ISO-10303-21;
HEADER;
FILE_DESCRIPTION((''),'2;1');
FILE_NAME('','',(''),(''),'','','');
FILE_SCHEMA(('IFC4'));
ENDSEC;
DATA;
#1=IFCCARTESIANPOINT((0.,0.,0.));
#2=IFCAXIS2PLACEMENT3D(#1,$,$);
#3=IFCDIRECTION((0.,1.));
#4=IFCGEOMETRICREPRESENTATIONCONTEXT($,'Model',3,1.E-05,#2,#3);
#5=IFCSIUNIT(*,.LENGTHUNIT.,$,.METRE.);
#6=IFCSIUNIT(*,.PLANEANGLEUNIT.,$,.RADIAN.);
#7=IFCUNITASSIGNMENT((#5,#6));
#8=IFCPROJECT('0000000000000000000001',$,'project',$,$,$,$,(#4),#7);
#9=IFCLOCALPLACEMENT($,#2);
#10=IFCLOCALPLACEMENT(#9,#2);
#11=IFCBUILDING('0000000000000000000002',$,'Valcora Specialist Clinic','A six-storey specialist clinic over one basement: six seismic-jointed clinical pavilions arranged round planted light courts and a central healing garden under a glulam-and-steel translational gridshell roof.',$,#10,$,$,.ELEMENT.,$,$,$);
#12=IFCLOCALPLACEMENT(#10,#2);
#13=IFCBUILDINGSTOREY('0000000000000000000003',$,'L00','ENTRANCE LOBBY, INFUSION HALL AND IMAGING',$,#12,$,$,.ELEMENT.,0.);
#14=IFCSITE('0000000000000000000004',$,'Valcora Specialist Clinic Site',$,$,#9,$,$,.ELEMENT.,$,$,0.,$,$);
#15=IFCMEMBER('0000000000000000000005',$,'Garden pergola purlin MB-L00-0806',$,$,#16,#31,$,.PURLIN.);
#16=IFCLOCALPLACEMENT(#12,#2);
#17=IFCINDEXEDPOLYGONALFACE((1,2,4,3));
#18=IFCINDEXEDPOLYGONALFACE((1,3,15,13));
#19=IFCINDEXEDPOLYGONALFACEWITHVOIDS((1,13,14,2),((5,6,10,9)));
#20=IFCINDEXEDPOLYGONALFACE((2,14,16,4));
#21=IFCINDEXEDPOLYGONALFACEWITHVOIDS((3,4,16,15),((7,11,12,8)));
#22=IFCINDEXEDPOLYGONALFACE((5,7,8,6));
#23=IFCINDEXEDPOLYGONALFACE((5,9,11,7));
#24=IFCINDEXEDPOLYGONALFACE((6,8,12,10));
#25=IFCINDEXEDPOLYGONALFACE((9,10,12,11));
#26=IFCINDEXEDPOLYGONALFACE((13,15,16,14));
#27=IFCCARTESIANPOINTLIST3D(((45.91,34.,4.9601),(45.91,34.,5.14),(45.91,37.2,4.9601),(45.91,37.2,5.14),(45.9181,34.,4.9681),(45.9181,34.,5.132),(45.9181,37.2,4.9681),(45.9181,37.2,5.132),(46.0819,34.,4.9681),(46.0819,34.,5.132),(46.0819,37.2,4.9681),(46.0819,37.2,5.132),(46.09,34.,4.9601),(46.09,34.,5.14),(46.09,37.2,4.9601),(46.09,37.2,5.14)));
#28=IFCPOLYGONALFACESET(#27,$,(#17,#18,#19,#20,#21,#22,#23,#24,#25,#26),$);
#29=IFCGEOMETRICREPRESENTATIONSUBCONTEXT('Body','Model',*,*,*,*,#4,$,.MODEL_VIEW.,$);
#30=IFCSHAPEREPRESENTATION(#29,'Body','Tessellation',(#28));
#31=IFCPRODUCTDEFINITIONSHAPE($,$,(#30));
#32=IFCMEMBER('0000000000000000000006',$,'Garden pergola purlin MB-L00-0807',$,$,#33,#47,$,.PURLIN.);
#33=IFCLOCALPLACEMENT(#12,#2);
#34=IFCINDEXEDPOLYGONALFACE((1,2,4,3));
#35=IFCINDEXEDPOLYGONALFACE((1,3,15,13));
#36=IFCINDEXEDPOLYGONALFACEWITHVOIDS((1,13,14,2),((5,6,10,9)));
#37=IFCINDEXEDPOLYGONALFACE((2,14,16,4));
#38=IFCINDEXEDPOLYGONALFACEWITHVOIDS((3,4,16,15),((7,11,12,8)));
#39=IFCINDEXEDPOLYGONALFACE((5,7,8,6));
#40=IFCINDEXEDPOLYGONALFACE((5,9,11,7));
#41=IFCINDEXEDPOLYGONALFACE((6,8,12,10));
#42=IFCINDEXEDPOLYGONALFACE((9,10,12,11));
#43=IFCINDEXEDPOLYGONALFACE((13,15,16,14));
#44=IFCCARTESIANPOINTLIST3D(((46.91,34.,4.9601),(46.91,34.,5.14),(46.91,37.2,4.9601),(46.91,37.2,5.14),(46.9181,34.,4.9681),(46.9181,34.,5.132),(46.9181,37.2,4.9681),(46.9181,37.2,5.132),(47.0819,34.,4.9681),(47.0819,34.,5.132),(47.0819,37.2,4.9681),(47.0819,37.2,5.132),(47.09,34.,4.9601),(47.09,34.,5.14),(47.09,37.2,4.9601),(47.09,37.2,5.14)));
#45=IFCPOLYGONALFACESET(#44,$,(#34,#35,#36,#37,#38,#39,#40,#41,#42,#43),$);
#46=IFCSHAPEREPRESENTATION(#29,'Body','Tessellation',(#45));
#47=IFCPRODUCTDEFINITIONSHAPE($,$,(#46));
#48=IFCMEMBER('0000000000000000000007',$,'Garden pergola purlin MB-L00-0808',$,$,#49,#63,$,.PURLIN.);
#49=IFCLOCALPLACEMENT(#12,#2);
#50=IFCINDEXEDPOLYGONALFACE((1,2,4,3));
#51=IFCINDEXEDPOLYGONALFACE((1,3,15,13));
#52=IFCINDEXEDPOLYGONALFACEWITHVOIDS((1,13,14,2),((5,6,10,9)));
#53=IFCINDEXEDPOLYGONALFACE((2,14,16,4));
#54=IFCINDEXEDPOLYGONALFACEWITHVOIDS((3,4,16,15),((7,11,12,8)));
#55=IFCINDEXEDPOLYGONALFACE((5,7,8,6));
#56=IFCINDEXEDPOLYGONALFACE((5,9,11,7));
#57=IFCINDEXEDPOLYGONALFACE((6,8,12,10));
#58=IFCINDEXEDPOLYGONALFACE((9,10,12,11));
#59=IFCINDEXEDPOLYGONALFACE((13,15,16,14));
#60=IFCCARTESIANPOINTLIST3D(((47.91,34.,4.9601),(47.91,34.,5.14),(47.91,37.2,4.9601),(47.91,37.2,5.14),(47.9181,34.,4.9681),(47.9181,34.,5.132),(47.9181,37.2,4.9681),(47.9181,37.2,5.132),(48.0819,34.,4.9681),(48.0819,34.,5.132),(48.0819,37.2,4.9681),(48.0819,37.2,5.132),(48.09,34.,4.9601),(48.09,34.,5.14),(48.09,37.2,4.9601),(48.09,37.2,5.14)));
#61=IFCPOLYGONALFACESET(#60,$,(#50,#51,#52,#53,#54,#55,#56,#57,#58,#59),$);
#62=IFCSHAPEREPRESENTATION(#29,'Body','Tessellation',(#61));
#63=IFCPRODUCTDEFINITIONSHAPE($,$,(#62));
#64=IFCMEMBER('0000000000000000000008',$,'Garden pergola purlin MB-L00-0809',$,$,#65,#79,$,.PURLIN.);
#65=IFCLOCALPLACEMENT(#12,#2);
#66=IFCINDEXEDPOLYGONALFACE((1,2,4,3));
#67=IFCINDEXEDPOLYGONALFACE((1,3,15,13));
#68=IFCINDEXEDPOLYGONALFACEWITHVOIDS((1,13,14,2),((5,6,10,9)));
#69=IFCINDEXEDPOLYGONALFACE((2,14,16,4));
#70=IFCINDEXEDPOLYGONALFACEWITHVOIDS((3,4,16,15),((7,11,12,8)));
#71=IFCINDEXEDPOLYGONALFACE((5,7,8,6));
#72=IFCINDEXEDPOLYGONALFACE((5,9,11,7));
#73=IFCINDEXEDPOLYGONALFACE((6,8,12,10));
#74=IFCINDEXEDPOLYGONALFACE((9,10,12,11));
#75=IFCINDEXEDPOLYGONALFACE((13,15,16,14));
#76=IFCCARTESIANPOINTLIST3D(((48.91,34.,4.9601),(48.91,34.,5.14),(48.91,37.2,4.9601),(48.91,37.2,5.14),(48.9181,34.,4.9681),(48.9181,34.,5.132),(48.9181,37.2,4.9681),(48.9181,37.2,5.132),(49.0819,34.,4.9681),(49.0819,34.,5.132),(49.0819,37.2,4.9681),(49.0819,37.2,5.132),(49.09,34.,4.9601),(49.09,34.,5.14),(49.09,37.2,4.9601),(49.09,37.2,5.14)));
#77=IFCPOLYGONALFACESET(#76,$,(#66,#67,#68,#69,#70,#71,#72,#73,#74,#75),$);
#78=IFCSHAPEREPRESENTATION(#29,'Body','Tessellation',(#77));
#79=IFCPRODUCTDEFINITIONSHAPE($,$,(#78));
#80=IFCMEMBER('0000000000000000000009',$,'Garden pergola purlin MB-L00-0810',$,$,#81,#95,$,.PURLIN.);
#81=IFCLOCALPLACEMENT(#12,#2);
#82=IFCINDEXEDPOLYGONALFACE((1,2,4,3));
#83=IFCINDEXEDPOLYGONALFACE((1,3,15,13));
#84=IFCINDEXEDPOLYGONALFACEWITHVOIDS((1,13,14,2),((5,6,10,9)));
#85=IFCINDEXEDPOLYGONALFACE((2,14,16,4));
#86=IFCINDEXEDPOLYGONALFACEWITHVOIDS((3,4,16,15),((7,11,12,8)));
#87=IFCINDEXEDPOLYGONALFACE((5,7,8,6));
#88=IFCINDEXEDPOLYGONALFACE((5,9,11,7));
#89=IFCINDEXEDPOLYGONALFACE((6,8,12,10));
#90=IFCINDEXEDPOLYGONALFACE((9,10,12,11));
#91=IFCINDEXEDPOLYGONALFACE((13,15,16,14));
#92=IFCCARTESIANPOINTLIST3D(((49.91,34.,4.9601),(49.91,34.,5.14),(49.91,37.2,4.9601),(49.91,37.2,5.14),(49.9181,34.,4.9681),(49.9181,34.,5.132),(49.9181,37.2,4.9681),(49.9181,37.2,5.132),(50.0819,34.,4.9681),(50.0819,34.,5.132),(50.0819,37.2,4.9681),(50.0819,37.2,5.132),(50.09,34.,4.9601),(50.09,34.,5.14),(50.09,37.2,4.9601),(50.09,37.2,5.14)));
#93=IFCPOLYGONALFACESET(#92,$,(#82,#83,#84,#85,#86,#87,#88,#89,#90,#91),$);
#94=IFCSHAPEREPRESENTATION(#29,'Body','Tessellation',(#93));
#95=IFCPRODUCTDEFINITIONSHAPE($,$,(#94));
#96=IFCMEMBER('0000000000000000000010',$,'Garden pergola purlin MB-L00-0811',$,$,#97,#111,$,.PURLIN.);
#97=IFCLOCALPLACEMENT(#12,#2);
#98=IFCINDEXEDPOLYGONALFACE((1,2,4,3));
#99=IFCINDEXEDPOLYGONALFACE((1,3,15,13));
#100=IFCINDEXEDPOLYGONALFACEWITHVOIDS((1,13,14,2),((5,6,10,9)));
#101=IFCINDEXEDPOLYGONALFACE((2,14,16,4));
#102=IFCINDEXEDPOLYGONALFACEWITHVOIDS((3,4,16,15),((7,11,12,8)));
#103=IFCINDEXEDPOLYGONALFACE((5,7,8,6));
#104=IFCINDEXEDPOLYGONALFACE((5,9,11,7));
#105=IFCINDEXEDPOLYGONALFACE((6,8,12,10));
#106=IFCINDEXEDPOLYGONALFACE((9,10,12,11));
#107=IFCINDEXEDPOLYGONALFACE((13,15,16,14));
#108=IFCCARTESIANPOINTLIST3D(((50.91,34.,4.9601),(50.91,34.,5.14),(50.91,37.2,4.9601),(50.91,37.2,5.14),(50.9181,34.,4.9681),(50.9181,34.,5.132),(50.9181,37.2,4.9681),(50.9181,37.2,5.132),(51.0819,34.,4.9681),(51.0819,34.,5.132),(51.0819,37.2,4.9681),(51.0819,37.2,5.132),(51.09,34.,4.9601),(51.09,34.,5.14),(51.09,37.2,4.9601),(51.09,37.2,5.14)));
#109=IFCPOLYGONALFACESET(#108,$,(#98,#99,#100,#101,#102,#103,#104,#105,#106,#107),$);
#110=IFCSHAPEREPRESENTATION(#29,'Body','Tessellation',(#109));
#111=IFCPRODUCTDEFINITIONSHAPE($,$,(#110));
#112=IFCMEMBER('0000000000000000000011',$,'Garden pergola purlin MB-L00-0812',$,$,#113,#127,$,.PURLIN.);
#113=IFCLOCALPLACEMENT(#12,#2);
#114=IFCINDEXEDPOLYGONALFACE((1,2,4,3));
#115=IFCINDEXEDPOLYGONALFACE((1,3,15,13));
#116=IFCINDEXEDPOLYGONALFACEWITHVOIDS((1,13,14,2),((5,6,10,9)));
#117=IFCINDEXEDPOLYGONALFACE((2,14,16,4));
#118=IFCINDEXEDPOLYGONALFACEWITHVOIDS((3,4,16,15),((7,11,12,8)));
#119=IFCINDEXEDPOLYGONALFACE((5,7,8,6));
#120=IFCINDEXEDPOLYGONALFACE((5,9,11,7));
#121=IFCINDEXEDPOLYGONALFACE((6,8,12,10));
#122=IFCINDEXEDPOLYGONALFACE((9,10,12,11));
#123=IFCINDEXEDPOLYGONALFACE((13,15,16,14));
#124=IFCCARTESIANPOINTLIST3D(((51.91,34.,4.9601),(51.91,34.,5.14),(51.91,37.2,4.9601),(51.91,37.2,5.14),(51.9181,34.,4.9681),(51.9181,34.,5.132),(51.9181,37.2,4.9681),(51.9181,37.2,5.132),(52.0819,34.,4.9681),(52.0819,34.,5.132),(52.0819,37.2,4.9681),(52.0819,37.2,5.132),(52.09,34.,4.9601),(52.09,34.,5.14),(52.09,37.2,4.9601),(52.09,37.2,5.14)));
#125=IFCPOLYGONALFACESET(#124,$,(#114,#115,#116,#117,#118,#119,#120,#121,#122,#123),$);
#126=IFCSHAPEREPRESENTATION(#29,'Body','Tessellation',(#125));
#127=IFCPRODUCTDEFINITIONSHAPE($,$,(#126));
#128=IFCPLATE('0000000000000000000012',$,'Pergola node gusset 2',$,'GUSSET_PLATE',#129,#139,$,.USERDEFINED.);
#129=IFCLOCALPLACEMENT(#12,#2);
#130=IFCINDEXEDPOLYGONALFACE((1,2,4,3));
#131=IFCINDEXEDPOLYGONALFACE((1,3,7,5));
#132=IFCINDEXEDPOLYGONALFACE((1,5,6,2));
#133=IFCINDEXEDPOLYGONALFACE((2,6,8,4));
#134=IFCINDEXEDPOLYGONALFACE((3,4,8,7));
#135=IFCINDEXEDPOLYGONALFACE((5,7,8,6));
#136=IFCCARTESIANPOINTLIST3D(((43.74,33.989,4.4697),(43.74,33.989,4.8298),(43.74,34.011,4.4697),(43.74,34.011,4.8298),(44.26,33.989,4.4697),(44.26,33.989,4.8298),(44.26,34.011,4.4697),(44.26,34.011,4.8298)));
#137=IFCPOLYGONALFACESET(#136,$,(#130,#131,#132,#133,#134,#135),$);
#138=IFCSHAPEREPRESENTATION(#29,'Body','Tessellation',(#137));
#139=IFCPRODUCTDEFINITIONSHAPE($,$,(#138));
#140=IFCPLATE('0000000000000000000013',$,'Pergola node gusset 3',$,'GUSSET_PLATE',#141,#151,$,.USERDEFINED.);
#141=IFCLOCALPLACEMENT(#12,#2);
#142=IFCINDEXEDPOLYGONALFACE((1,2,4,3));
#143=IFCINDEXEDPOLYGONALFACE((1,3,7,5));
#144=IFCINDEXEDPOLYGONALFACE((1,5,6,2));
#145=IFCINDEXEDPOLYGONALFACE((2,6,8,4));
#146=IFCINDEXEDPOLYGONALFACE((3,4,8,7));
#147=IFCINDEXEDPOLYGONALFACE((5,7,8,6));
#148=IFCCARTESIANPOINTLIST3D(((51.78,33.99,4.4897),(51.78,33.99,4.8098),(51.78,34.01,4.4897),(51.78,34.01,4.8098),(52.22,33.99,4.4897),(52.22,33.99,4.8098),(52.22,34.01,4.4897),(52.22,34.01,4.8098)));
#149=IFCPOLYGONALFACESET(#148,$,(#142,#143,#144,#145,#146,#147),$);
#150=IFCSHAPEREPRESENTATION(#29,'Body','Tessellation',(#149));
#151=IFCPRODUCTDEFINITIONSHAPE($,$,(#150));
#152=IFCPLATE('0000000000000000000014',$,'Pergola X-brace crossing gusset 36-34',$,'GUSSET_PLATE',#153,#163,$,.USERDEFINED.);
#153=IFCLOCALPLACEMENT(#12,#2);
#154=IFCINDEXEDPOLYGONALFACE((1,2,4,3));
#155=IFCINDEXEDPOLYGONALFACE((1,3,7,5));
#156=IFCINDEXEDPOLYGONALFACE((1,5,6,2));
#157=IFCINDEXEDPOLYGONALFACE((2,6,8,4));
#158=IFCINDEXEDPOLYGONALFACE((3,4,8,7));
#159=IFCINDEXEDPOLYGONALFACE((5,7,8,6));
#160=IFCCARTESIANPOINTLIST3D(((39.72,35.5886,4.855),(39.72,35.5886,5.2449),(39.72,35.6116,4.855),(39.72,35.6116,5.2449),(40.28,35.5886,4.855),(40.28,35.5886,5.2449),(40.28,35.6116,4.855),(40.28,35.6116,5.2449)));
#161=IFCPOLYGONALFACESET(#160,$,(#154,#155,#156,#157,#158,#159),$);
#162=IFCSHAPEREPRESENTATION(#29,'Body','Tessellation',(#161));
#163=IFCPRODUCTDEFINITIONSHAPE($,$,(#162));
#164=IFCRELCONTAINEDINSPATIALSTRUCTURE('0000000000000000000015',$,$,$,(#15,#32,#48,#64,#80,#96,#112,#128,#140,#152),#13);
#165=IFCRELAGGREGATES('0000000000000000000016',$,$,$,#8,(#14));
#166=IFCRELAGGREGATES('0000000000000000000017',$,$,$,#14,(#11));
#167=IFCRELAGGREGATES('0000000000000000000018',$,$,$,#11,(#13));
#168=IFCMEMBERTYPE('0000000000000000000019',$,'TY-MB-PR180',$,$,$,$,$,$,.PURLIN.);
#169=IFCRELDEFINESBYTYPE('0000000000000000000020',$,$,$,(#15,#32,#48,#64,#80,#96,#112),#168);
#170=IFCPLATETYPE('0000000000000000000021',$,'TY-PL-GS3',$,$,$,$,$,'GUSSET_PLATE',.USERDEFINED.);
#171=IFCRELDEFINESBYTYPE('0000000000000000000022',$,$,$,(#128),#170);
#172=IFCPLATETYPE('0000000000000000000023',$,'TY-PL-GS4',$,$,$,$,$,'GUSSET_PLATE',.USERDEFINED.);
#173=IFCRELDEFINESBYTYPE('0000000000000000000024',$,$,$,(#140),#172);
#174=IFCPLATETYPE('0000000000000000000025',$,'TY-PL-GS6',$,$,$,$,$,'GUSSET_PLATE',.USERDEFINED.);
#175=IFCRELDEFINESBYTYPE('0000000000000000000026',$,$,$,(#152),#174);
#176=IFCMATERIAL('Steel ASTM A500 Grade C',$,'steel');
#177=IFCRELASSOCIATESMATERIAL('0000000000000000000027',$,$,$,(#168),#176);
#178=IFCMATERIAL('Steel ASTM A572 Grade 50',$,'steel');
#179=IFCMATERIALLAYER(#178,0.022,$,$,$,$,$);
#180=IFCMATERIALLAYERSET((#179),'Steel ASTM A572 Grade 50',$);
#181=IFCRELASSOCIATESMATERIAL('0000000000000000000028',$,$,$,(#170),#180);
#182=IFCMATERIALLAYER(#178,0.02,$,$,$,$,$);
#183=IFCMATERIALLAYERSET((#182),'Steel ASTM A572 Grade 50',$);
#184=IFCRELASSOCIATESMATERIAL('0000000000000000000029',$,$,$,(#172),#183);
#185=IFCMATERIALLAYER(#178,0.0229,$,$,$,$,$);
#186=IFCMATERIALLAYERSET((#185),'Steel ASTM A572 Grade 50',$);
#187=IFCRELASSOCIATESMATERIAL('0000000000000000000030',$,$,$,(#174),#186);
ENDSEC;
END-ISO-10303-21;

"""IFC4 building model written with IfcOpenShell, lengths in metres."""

from ifc_helpers import new_model, si_unit, direction, frame, origin, origin_2d, place, context, subcontext, project, spatial, rectangle, hollow_rectangle, extrude, material, layer, layer_set, material_profile, profile_set, type_object, element, save


model = new_model("IFC4")

# Units and contexts
model_context = context("Model", 3, precision=1e-05, world=origin(), true_north=direction((0.0, 1.0)))
body_context = subcontext(model_context, "Body", "Model", "MODEL_VIEW")
ifc_project = project(units=[si_unit("LENGTHUNIT", "METRE"), si_unit("PLANEANGLEUNIT", "RADIAN")], contexts=[model_context])

# Site, building, storey
site_placement = place(None, origin())
site = spatial("IfcSite", under=ifc_project, at=site_placement, Name="Valcora Specialist Clinic Site", CompositionType="ELEMENT", RefElevation=0.0)
building_placement = place(site_placement, origin())
building = spatial("IfcBuilding", under=site, at=building_placement, Name="Valcora Specialist Clinic", Description="A six-storey specialist clinic over one basement: six seismic-jointed clinical pavilions arranged round planted light courts and a central healing garden under a glulam-and-steel translational gridshell roof.", CompositionType="ELEMENT")
storey_placement = place(building_placement, origin())
storey = spatial("IfcBuildingStorey", under=building, at=storey_placement, Name="L00", Description="ENTRANCE LOBBY, INFUSION HALL AND IMAGING", CompositionType="ELEMENT", Elevation=0.0)

# Members
ifc_material_1 = material(Name="Steel ASTM A500 Grade C", Category="steel")
ifc_material_profile_1 = material_profile(ifc_material_1, hollow_rectangle(XDim=0.1799, YDim=0.1799, WallThickness=0.0081, at=origin_2d()), Name="ST-RHS-180X180X8")
ifc_profile_set_1 = profile_set([ifc_material_profile_1], Name="Steel ASTM A500 Grade C")
member_type_1 = type_object("IfcMemberType", Name="TY-MB-PR180", PredefinedType="PURLIN", material=ifc_profile_set_1)
for number, where, z_axis, x_axis, name in (
    (1, (46.0, 34.0, 5.05), (0.0, 1.0, 0.0), (-1.0, 0.0, 0.0), "Garden pergola purlin MB-L00-0806"),
    (2, (47.0, 34.0, 5.05), (0.0, 1.0, 0.0), (-1.0, 0.0, 0.0), "Garden pergola purlin MB-L00-0807"),
    (3, (48.0, 34.0, 5.05), (0.0, 1.0, 0.0), (-1.0, 0.0, 0.0), "Garden pergola purlin MB-L00-0808"),
    (4, (49.0, 34.0, 5.05), (0.0, 1.0, 0.0), (-1.0, 0.0, 0.0), "Garden pergola purlin MB-L00-0809"),
    (5, (50.0, 34.0, 5.05), (0.0, 1.0, 0.0), (-1.0, 0.0, 0.0), "Garden pergola purlin MB-L00-0810"),
    (6, (51.0, 34.0, 5.05), (0.0, 1.0, 0.0), (-1.0, 0.0, 0.0), "Garden pergola purlin MB-L00-0811"),
    (7, (52.0, 34.0, 5.05), (0.0, 1.0, 0.0), (-1.0, 0.0, 0.0), "Garden pergola purlin MB-L00-0812"),
):
    element("IfcMember", number, at=place(storey_placement, frame(where, z_axis=z_axis, x_axis=x_axis)), inside=storey, type_object=member_type_1, Name=name, PredefinedType="PURLIN", context=body_context, shape_type="SweptSolid", body=[
        extrude(hollow_rectangle(XDim=0.1799, YDim=0.1799, WallThickness=0.0081, at=origin_2d()), origin(), (0.0, 0.0, 1.0), 3.2),
    ])

# Plates
ifc_material_2 = material(Name="Steel ASTM A572 Grade 50", Category="steel")
ifc_layer_1 = layer(ifc_material_2, 0.022)
ifc_layer_set_1 = layer_set([ifc_layer_1], Name="Steel ASTM A572 Grade 50")
plate_type_1 = type_object("IfcPlateType", Name="TY-PL-GS3", ElementType="GUSSET_PLATE", PredefinedType="USERDEFINED", material=ifc_layer_set_1)
plate_1_placement = place(storey_placement, frame((44.0, 34.0, 4.4697), z_axis=(0.0, 0.0, 1.0), x_axis=(1.0, 0.0, 0.0)))
element("IfcPlate", 8, at=plate_1_placement, inside=storey, type_object=plate_type_1, Name="Pergola node gusset 2", ObjectType="GUSSET_PLATE", PredefinedType="USERDEFINED", context=body_context, shape_type="SweptSolid", body=[
    extrude(rectangle(XDim=0.52, YDim=0.022, at=origin_2d()), origin(), (0.0, 0.0, 1.0), 0.3601),
])
ifc_layer_2 = layer(ifc_material_2, 0.02)
ifc_layer_set_2 = layer_set([ifc_layer_2], Name="Steel ASTM A572 Grade 50")
plate_type_2 = type_object("IfcPlateType", Name="TY-PL-GS4", ElementType="GUSSET_PLATE", PredefinedType="USERDEFINED", material=ifc_layer_set_2)
plate_2_placement = place(storey_placement, frame((52.0, 34.0, 4.4897), z_axis=(0.0, 0.0, 1.0), x_axis=(1.0, 0.0, 0.0)))
element("IfcPlate", 9, at=plate_2_placement, inside=storey, type_object=plate_type_2, Name="Pergola node gusset 3", ObjectType="GUSSET_PLATE", PredefinedType="USERDEFINED", context=body_context, shape_type="SweptSolid", body=[
    extrude(rectangle(XDim=0.4399, YDim=0.02, at=origin_2d()), origin(), (0.0, 0.0, 1.0), 0.3201),
])
ifc_layer_3 = layer(ifc_material_2, 0.0229)
ifc_layer_set_3 = layer_set([ifc_layer_3], Name="Steel ASTM A572 Grade 50")
plate_type_3 = type_object("IfcPlateType", Name="TY-PL-GS6", ElementType="GUSSET_PLATE", PredefinedType="USERDEFINED", material=ifc_layer_set_3)
plate_3_placement = place(storey_placement, frame((40.0, 35.6001, 4.855), z_axis=(0.0, 0.0, 1.0), x_axis=(1.0, 0.0, 0.0)))
element("IfcPlate", 10, at=plate_3_placement, inside=storey, type_object=plate_type_3, Name="Pergola X-brace crossing gusset 36-34", ObjectType="GUSSET_PLATE", PredefinedType="USERDEFINED", context=body_context, shape_type="SweptSolid", body=[
    extrude(rectangle(XDim=0.5601, YDim=0.0229, at=origin_2d()), origin(), (0.0, 0.0, 1.0), 0.3899),
])

save(model, "model.ifc")
